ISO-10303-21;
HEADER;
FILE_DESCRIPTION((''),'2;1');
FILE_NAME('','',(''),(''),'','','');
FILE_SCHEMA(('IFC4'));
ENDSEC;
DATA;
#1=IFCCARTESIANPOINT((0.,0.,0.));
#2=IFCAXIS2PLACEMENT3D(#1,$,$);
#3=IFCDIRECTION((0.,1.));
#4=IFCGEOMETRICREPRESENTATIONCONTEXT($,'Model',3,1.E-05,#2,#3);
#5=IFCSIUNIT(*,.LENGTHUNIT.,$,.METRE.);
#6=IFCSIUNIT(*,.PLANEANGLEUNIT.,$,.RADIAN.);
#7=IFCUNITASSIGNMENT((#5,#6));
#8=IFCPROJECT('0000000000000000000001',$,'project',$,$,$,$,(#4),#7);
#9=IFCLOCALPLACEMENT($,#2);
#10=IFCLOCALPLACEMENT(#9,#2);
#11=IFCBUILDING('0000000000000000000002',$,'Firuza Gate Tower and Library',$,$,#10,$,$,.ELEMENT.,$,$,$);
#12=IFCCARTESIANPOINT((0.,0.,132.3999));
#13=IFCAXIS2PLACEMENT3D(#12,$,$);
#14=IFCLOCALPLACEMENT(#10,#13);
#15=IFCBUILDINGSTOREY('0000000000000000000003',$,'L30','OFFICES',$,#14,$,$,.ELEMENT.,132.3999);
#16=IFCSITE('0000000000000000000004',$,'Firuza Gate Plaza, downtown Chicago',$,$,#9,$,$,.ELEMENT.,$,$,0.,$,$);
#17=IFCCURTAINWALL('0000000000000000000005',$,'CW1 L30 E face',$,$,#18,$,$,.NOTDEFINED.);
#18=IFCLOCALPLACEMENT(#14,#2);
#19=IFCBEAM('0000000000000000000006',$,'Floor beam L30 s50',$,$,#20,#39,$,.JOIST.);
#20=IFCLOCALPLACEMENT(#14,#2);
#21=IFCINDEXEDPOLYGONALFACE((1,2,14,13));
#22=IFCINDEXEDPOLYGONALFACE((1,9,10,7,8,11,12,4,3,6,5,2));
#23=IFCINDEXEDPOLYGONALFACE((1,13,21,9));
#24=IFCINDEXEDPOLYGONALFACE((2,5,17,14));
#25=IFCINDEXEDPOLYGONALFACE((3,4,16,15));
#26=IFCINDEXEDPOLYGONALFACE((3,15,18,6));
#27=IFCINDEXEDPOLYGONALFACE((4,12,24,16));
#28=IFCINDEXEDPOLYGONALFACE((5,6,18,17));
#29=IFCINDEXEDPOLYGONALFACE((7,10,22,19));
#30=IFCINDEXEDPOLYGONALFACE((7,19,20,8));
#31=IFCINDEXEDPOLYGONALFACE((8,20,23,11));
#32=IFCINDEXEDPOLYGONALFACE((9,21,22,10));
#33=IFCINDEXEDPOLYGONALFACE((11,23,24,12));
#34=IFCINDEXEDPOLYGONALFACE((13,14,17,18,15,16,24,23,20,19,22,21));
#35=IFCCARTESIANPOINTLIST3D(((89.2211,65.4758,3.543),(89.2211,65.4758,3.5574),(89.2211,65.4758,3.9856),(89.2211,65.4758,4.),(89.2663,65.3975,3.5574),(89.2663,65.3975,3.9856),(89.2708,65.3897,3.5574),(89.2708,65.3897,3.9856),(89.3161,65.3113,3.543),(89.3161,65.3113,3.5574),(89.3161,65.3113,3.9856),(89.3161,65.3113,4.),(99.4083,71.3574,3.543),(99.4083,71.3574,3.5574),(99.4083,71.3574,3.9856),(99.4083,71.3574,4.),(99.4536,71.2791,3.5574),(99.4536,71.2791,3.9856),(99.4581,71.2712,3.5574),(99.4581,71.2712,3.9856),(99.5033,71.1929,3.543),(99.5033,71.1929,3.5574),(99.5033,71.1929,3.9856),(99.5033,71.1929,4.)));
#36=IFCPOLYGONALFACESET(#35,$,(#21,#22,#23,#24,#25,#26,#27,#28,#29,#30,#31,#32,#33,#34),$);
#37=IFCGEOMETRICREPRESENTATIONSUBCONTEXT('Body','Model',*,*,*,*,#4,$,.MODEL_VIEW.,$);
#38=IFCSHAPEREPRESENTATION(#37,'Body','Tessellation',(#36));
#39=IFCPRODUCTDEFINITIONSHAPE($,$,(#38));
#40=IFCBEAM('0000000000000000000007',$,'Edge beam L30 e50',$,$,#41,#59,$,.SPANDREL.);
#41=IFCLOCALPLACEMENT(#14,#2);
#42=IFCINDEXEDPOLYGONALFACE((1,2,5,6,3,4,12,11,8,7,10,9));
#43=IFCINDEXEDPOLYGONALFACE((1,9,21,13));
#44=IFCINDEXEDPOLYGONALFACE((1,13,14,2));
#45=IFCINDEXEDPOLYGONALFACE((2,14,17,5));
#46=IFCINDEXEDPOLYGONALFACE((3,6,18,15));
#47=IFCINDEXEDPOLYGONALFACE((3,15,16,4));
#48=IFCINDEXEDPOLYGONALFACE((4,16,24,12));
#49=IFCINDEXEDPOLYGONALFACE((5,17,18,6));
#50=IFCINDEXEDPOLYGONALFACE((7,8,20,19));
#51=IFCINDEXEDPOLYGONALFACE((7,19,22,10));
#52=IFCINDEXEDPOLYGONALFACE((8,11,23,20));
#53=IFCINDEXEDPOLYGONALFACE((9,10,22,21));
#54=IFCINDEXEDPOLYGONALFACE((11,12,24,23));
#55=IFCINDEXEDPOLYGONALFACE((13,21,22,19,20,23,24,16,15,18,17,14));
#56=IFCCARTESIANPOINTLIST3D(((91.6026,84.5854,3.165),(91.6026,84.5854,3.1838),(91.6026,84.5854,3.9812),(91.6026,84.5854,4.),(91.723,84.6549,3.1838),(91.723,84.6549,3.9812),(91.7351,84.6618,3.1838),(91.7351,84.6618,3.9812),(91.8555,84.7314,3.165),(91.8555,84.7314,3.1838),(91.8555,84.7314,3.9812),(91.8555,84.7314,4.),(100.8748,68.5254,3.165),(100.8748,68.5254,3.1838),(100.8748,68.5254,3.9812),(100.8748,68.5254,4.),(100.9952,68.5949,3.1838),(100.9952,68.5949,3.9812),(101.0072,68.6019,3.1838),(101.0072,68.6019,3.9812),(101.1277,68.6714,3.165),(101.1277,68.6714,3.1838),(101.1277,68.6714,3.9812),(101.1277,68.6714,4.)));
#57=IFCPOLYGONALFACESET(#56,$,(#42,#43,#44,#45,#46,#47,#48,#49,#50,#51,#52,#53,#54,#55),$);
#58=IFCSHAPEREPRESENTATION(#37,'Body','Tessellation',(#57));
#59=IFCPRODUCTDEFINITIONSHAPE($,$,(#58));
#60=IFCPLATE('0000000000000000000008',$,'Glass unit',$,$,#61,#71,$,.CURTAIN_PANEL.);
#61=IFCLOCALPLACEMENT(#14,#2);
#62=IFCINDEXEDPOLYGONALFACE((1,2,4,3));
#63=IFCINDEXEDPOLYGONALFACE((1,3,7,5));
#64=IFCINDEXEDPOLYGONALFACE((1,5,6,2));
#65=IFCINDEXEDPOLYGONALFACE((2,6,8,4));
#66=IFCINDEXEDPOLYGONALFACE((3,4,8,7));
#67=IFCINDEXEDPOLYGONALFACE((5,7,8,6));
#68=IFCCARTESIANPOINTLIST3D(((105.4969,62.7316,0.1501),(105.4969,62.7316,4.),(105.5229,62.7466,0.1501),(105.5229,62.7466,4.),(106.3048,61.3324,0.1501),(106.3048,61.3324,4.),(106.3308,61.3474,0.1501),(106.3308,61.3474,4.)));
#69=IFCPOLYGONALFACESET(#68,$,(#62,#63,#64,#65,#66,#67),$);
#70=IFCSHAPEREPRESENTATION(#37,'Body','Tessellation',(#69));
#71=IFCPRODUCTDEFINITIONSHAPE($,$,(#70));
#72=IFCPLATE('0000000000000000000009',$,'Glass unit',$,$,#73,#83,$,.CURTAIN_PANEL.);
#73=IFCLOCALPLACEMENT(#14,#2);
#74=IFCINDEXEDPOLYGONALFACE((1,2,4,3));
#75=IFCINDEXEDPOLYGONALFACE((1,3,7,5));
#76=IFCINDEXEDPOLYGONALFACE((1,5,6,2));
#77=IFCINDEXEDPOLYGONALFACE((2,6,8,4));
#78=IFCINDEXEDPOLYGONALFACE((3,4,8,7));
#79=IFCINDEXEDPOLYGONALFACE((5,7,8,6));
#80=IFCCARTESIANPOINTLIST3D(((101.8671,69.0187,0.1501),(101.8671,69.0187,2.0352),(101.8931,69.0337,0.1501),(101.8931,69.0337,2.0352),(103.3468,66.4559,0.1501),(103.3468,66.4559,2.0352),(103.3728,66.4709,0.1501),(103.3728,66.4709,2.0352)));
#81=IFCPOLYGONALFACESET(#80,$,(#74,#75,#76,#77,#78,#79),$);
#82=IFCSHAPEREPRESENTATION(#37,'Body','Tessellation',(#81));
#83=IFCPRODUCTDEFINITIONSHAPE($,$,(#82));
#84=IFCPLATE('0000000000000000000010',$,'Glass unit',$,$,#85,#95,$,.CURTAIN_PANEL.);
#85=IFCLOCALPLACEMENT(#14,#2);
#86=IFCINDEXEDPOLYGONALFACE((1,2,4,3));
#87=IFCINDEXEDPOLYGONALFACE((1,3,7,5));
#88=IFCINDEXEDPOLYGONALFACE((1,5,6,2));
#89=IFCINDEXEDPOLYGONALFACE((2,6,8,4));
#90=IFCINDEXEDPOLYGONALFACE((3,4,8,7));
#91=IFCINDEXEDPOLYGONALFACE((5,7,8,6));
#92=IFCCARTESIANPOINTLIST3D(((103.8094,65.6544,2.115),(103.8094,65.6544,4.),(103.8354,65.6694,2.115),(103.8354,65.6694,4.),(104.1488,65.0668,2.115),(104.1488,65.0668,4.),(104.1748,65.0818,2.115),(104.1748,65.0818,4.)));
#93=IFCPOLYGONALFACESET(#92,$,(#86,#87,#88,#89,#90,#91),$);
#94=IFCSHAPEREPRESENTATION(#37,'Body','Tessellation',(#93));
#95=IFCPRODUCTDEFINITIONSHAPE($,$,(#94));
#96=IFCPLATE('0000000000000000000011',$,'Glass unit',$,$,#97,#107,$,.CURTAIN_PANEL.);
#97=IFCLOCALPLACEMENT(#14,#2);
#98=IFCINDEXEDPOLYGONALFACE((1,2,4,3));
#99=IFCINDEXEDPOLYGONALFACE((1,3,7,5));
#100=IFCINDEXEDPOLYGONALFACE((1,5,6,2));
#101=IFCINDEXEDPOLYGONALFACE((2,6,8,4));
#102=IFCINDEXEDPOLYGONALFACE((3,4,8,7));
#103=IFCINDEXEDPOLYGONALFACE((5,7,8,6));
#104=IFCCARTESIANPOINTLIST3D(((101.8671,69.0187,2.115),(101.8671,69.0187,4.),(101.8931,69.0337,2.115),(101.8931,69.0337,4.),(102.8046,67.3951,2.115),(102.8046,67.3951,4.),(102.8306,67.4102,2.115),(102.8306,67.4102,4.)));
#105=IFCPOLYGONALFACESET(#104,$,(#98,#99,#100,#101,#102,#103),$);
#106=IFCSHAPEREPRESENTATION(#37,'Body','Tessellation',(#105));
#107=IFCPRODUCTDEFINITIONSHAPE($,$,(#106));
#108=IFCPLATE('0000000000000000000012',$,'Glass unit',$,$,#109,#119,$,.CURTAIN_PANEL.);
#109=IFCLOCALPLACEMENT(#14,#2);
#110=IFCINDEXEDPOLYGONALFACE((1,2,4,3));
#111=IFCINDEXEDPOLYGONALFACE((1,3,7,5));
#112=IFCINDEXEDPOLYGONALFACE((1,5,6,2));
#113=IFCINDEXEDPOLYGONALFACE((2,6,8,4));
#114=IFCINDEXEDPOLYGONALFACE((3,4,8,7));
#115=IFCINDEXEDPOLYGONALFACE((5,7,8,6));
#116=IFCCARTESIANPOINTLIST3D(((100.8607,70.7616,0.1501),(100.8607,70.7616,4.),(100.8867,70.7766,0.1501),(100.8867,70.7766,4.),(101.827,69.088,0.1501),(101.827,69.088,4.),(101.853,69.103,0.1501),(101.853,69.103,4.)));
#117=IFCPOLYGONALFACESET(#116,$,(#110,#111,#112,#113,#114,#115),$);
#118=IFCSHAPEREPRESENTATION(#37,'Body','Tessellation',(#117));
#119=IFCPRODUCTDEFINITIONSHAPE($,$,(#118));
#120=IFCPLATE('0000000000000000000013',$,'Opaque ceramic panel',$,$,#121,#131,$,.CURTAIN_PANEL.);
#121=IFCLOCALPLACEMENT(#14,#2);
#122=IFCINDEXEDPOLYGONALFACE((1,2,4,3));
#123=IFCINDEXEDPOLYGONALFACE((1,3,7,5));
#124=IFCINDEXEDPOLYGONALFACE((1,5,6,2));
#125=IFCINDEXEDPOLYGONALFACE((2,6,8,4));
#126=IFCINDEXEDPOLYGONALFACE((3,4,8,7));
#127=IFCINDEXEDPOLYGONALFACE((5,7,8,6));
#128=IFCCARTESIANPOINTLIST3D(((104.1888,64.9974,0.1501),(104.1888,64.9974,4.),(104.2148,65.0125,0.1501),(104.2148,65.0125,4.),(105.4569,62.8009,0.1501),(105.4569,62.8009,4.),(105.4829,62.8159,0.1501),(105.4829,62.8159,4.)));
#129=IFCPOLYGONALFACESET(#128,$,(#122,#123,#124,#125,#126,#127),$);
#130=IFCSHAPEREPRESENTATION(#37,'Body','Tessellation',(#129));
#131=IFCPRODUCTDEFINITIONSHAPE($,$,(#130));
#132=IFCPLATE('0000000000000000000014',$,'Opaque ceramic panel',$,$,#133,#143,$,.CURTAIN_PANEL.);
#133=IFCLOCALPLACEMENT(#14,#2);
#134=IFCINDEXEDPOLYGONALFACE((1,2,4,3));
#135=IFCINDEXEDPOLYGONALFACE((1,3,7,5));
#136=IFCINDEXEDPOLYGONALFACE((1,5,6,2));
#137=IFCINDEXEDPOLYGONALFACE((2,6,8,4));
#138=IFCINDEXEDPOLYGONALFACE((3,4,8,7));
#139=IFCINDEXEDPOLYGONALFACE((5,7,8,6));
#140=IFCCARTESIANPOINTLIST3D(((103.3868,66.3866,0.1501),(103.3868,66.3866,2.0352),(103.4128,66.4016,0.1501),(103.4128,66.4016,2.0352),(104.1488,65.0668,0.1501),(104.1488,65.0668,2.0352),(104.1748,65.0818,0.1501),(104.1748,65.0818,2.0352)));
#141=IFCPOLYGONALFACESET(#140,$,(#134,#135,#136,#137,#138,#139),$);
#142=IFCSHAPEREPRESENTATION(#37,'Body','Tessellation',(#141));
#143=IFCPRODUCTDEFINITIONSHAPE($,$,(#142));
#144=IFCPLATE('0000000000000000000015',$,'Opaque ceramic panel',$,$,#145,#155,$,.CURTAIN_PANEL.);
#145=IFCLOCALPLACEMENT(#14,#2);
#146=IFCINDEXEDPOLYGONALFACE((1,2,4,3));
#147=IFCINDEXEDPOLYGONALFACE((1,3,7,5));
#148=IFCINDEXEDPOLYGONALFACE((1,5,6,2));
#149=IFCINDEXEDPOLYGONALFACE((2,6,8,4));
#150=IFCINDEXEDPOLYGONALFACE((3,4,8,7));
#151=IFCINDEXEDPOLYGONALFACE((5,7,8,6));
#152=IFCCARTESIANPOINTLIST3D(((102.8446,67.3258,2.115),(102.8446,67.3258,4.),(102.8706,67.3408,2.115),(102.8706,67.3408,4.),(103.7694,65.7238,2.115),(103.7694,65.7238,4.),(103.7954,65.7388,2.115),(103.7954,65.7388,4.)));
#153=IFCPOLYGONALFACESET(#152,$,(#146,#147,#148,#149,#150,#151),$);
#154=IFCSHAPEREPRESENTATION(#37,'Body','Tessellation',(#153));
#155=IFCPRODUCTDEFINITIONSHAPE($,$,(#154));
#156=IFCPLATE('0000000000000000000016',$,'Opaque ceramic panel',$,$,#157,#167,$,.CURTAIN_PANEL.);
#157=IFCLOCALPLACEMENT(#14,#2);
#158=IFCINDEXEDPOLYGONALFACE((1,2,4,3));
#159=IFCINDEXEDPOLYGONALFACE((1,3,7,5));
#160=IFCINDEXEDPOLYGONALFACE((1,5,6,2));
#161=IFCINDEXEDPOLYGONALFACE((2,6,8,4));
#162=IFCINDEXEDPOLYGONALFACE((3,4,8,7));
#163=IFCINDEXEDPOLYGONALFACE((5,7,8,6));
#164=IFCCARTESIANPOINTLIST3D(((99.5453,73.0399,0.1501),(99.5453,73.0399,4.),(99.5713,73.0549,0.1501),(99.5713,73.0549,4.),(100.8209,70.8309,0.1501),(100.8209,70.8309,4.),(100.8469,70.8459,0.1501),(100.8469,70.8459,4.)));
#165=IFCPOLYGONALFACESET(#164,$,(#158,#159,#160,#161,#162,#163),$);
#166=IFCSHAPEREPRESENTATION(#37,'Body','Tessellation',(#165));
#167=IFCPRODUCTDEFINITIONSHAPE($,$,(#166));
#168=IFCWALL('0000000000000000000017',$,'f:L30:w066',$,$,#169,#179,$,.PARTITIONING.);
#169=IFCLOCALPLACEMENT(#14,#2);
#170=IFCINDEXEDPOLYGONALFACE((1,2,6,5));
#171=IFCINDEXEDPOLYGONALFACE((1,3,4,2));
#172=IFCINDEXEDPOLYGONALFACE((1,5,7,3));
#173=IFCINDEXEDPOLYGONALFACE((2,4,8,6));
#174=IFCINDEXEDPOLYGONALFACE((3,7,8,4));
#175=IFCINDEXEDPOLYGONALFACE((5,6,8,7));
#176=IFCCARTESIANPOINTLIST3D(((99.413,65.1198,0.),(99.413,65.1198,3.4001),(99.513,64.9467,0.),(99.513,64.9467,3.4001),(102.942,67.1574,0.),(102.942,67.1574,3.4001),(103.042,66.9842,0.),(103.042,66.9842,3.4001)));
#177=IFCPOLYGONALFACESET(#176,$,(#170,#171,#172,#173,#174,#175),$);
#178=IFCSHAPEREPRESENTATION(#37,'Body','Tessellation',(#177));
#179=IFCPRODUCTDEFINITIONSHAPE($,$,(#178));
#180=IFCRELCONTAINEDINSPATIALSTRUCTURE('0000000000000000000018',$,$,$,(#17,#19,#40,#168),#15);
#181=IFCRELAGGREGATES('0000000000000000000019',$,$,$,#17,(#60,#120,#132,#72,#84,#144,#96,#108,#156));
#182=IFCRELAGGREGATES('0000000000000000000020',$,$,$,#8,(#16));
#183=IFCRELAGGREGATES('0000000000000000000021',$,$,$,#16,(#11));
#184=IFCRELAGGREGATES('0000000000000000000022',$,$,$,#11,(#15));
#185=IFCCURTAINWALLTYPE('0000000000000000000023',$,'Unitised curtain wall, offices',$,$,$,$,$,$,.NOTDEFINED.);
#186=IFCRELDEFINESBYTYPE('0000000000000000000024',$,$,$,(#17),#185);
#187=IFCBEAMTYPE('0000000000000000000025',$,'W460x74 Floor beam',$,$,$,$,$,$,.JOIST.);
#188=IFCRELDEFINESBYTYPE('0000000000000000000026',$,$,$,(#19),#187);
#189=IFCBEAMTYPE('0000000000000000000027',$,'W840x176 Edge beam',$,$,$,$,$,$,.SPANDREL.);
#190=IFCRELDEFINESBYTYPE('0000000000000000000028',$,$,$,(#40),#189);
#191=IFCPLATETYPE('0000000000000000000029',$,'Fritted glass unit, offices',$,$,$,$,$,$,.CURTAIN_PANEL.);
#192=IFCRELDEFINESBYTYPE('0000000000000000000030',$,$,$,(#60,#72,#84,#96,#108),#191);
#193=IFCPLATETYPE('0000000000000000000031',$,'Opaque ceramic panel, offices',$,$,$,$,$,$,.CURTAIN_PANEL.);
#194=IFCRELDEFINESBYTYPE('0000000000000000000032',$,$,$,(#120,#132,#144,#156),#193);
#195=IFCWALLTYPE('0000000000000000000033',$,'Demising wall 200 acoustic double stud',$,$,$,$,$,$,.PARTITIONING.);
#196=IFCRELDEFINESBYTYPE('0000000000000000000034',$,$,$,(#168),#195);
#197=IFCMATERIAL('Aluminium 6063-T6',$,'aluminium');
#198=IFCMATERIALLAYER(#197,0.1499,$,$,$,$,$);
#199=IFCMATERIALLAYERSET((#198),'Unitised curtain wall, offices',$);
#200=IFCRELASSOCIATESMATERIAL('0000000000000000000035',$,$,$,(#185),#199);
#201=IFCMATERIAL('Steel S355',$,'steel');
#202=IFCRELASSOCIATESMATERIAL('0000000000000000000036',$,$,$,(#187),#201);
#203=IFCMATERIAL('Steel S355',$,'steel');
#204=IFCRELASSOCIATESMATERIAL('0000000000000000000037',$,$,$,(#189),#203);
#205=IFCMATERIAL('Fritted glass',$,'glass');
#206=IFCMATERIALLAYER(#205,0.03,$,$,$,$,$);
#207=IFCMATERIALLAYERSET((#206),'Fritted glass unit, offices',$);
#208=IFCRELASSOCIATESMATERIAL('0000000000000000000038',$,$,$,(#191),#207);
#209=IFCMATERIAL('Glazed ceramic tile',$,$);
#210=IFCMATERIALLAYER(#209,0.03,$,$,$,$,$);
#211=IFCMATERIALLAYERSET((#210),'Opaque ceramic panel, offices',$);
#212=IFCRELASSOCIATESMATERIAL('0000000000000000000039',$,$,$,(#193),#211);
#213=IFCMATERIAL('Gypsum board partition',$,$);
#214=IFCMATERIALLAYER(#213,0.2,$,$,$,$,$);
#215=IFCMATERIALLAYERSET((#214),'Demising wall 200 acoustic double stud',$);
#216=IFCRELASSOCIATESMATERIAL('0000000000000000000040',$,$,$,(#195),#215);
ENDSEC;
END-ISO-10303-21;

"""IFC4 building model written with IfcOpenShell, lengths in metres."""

from ifc_helpers import new_model, si_unit, direction, frame, frame_2d, origin, origin_2d, place, context, subcontext, project, spatial, polyline, rectangle, i_section, outline, extrude, material, layer, layer_set, material_profile, profile_set, type_object, element, aggregate, save


model = new_model("IFC4")

# Units and contexts
model_context = context("Model", 3, precision=1e-05, world=origin(), true_north=direction((0.0, 1.0)))
body_context = subcontext(model_context, "Body", "Model", "MODEL_VIEW")
ifc_project = project(units=[si_unit("LENGTHUNIT", "METRE"), si_unit("PLANEANGLEUNIT", "RADIAN")], contexts=[model_context])

# Site, building, storey
site_placement = place(None, origin())
site = spatial("IfcSite", under=ifc_project, at=site_placement, Name="Firuza Gate Plaza, downtown Chicago", CompositionType="ELEMENT", RefElevation=0.0)
building_placement = place(site_placement, origin())
building = spatial("IfcBuilding", under=site, at=building_placement, Name="Firuza Gate Tower and Library", CompositionType="ELEMENT")
storey_placement = place(building_placement, frame((0.0, 0.0, 132.3999)))
storey = spatial("IfcBuildingStorey", under=building, at=storey_placement, Name="L30", Description="OFFICES", CompositionType="ELEMENT", Elevation=132.3999)

# Curtain wall
ifc_material_1 = material(Name="Aluminium 6063-T6", Category="aluminium")
ifc_layer_1 = layer(ifc_material_1, 0.1499)
ifc_layer_set_1 = layer_set([ifc_layer_1], Name="Unitised curtain wall, offices")
curtain_wall_type = type_object("IfcCurtainWallType", Name="Unitised curtain wall, offices", PredefinedType="NOTDEFINED", material=ifc_layer_set_1)
curtain_wall_placement = place(storey_placement, origin())
curtain_wall = element("IfcCurtainWall", 1, at=curtain_wall_placement, inside=storey, type_object=curtain_wall_type, Name="CW1 L30 E face", PredefinedType="NOTDEFINED")

# Beams
ifc_material_2 = material(Name="Steel S355", Category="steel")
ifc_material_profile_1 = material_profile(ifc_material_2, i_section(OverallWidth=0.1899, OverallDepth=0.457, WebThickness=0.009, FlangeThickness=0.0144, at=origin_2d()))
ifc_profile_set_1 = profile_set([ifc_material_profile_1], Name="Steel S355")
beam_type_1 = type_object("IfcBeamType", Name="W460x74 Floor beam", PredefinedType="JOIST", material=ifc_profile_set_1)
beam_1_placement = place(storey_placement, frame((99.4558, 71.2751, 3.7715), z_axis=(-0.866026, -0.499999, 0.0), x_axis=(0.499999, -0.866026, 0.0)))
element("IfcBeam", 2, at=beam_1_placement, inside=storey, type_object=beam_type_1, Name="Floor beam L30 s50", PredefinedType="JOIST", context=body_context, shape_type="SweptSolid", body=[
    extrude(i_section(OverallWidth=0.1899, OverallDepth=0.457, WebThickness=0.009, FlangeThickness=0.0144, at=origin_2d()), origin(), (0.0, 0.0, 1.0), 11.7632),
])
ifc_material_3 = material(Name="Steel S355", Category="steel")
ifc_material_profile_2 = material_profile(ifc_material_3, i_section(OverallWidth=0.292, OverallDepth=0.835, WebThickness=0.0139, FlangeThickness=0.0188, at=origin_2d()))
ifc_profile_set_2 = profile_set([ifc_material_profile_2], Name="Steel S355")
beam_type_2 = type_object("IfcBeamType", Name="W840x176 Edge beam", PredefinedType="SPANDREL", material=ifc_profile_set_2)
beam_2_placement = place(storey_placement, frame((101.0012, 68.5984, 3.5825), z_axis=(-0.499997, 0.866027, 0.0), x_axis=(-0.866027, -0.499997, 0.0)))
element("IfcBeam", 3, at=beam_2_placement, inside=storey, type_object=beam_type_2, Name="Edge beam L30 e50", PredefinedType="SPANDREL", context=body_context, shape_type="SweptSolid", body=[
    extrude(i_section(OverallWidth=0.292, OverallDepth=0.835, WebThickness=0.0139, FlangeThickness=0.0188, at=origin_2d()), origin(), (0.0, 0.0, 1.0), 18.5444),
])

# Plates
ifc_material_4 = material(Name="Fritted glass", Category="glass")
ifc_layer_2 = layer(ifc_material_4, 0.03)
ifc_layer_set_2 = layer_set([ifc_layer_2], Name="Fritted glass unit, offices")
plate_type_1 = type_object("IfcPlateType", Name="Fritted glass unit, offices", PredefinedType="CURTAIN_PANEL", material=ifc_layer_set_2)
plate_1_placement = place(storey_placement, frame((106.3308, 61.3474, 0.1501), z_axis=(0.866012, 0.500023, 0.0), x_axis=(-0.500023, 0.866012, 0.0)))
plate_1 = element("IfcPlate", 4, at=plate_1_placement, type_object=plate_type_1, Name="Glass unit", PredefinedType="CURTAIN_PANEL", context=body_context, shape_type="SweptSolid", body=[
    extrude(outline(polyline([(0.0, 0.0), (1.6156, 0.0), (1.6156, 3.8499), (0.0, 3.8499), (0.0, 0.0)])), origin(), (0.0, 0.0, -1.0), 0.03),
])
plate_2_placement = place(storey_placement, frame((103.3728, 66.4709, 0.1501), z_axis=(0.866006, 0.500034, 0.0), x_axis=(-0.500034, 0.866006, 0.0)))
plate_2 = element("IfcPlate", 5, at=plate_2_placement, type_object=plate_type_1, Name="Glass unit", PredefinedType="CURTAIN_PANEL", context=body_context, shape_type="SweptSolid", body=[
    extrude(outline(polyline([(0.0, 0.0), (2.9593, 0.0), (2.9593, 1.885), (0.0, 1.885), (0.0, 0.0)])), origin(), (0.0, 0.0, -1.0), 0.03),
])
plate_3_placement = place(storey_placement, frame((104.1748, 65.0818, 2.115), z_axis=(0.865976, 0.500086, 0.0), x_axis=(-0.500086, 0.865976, 0.0)))
plate_3 = element("IfcPlate", 6, at=plate_3_placement, type_object=plate_type_1, Name="Glass unit", PredefinedType="CURTAIN_PANEL", context=body_context, shape_type="SweptSolid", body=[
    extrude(outline(polyline([(0.0, 0.0), (0.6786, 0.0), (0.6786, 1.885), (0.0, 1.885), (0.0, 0.0)])), origin(), (0.0, 0.0, -1.0), 0.03),
])
plate_4_placement = place(storey_placement, frame((102.8306, 67.4102, 2.115), z_axis=(0.86599, 0.500061, 0.0), x_axis=(-0.500061, 0.86599, 0.0)))
plate_4 = element("IfcPlate", 7, at=plate_4_placement, type_object=plate_type_1, Name="Glass unit", PredefinedType="CURTAIN_PANEL", context=body_context, shape_type="SweptSolid", body=[
    extrude(outline(polyline([(0.0, 0.0), (1.8748, 0.0), (1.8748, 1.885), (0.0, 1.885), (0.0, 0.0)])), origin(), (0.0, 0.0, -1.0), 0.03),
])
plate_5_placement = place(storey_placement, frame((101.853, 69.103, 0.1501), z_axis=(0.866011, 0.500025, 0.0), x_axis=(-0.500025, 0.866011, 0.0)))
plate_5 = element("IfcPlate", 8, at=plate_5_placement, type_object=plate_type_1, Name="Glass unit", PredefinedType="CURTAIN_PANEL", context=body_context, shape_type="SweptSolid", body=[
    extrude(outline(polyline([(0.0, 0.0), (1.9325, 0.0), (1.9325, 3.8499), (0.0, 3.8499), (0.0, 0.0)])), origin(), (0.0, 0.0, -1.0), 0.03),
])
ifc_material_5 = material(Name="Glazed ceramic tile")
ifc_layer_3 = layer(ifc_material_5, 0.03)
ifc_layer_set_3 = layer_set([ifc_layer_3], Name="Opaque ceramic panel, offices")
plate_type_2 = type_object("IfcPlateType", Name="Opaque ceramic panel, offices", PredefinedType="CURTAIN_PANEL", material=ifc_layer_set_3)
plate_6_placement = place(storey_placement, frame((105.4829, 62.8159, 0.1501), z_axis=(0.866043, 0.49997, 0.0), x_axis=(-0.49997, 0.866043, 0.0)))
plate_6 = element("IfcPlate", 9, at=plate_6_placement, type_object=plate_type_2, Name="Opaque ceramic panel", PredefinedType="CURTAIN_PANEL", context=body_context, shape_type="SweptSolid", body=[
    extrude(outline(polyline([(0.0, 0.0), (2.5363, 0.0), (2.5363, 3.8499), (0.0, 3.8499), (0.0, 0.0)])), origin(), (0.0, 0.0, -1.0), 0.03),
])
plate_7_placement = place(storey_placement, frame((104.1748, 65.0818, 0.1501), z_axis=(0.866036, 0.499981, 0.0), x_axis=(-0.499981, 0.866036, 0.0)))
plate_7 = element("IfcPlate", 10, at=plate_7_placement, type_object=plate_type_2, Name="Opaque ceramic panel", PredefinedType="CURTAIN_PANEL", context=body_context, shape_type="SweptSolid", body=[
    extrude(outline(polyline([(0.0, 0.0), (1.524, 0.0), (1.524, 1.885), (0.0, 1.885), (0.0, 0.0)])), origin(), (0.0, 0.0, -1.0), 0.03),
])
plate_8_placement = place(storey_placement, frame((103.7954, 65.7388, 2.115), z_axis=(0.866058, 0.499943, 0.0), x_axis=(-0.499943, 0.866058, 0.0)))
plate_8 = element("IfcPlate", 11, at=plate_8_placement, type_object=plate_type_2, Name="Opaque ceramic panel", PredefinedType="CURTAIN_PANEL", context=body_context, shape_type="SweptSolid", body=[
    extrude(outline(polyline([(0.0, 0.0), (1.8498, 0.0), (1.8498, 1.885), (0.0, 1.885), (0.0, 0.0)])), origin(), (0.0, 0.0, -1.0), 0.03),
])
plate_9_placement = place(storey_placement, frame((100.8469, 70.8459, 0.1501), z_axis=(0.865978, 0.500081, 0.0), x_axis=(-0.500081, 0.865978, 0.0)))
plate_9 = element("IfcPlate", 12, at=plate_9_placement, type_object=plate_type_2, Name="Opaque ceramic panel", PredefinedType="CURTAIN_PANEL", context=body_context, shape_type="SweptSolid", body=[
    extrude(outline(polyline([(0.0, 0.0), (2.5509, 0.0), (2.5509, 3.8499), (0.0, 3.8499), (0.0, 0.0)])), origin(), (0.0, 0.0, -1.0), 0.03),
])
aggregate(curtain_wall, [plate_1, plate_6, plate_7, plate_2, plate_3, plate_8, plate_4, plate_5, plate_9])

# Wall
ifc_material_6 = material(Name="Gypsum board partition")
ifc_layer_4 = layer(ifc_material_6, 0.2)
ifc_layer_set_4 = layer_set([ifc_layer_4], Name="Demising wall 200 acoustic double stud")
wall_type_1 = type_object("IfcWallType", Name="Demising wall 200 acoustic double stud", PredefinedType="PARTITIONING", material=ifc_layer_set_4)
wall_1_placement = place(storey_placement, frame((99.4629, 65.0332, 0.0), z_axis=(0.0, 0.0, 1.0), x_axis=(0.866015, 0.500018, 0.0)))
element("IfcWall", 13, at=wall_1_placement, inside=storey, type_object=wall_type_1, Name="f:L30:w066", PredefinedType="PARTITIONING", context=body_context, shape_type="SweptSolid", body=[
    extrude(rectangle(XDim=4.075, YDim=0.2, at=frame_2d((2.0376, 0.0))), origin(), (0.0, 0.0, 1.0), 3.4001),
])

save(model, "model.ifc")
